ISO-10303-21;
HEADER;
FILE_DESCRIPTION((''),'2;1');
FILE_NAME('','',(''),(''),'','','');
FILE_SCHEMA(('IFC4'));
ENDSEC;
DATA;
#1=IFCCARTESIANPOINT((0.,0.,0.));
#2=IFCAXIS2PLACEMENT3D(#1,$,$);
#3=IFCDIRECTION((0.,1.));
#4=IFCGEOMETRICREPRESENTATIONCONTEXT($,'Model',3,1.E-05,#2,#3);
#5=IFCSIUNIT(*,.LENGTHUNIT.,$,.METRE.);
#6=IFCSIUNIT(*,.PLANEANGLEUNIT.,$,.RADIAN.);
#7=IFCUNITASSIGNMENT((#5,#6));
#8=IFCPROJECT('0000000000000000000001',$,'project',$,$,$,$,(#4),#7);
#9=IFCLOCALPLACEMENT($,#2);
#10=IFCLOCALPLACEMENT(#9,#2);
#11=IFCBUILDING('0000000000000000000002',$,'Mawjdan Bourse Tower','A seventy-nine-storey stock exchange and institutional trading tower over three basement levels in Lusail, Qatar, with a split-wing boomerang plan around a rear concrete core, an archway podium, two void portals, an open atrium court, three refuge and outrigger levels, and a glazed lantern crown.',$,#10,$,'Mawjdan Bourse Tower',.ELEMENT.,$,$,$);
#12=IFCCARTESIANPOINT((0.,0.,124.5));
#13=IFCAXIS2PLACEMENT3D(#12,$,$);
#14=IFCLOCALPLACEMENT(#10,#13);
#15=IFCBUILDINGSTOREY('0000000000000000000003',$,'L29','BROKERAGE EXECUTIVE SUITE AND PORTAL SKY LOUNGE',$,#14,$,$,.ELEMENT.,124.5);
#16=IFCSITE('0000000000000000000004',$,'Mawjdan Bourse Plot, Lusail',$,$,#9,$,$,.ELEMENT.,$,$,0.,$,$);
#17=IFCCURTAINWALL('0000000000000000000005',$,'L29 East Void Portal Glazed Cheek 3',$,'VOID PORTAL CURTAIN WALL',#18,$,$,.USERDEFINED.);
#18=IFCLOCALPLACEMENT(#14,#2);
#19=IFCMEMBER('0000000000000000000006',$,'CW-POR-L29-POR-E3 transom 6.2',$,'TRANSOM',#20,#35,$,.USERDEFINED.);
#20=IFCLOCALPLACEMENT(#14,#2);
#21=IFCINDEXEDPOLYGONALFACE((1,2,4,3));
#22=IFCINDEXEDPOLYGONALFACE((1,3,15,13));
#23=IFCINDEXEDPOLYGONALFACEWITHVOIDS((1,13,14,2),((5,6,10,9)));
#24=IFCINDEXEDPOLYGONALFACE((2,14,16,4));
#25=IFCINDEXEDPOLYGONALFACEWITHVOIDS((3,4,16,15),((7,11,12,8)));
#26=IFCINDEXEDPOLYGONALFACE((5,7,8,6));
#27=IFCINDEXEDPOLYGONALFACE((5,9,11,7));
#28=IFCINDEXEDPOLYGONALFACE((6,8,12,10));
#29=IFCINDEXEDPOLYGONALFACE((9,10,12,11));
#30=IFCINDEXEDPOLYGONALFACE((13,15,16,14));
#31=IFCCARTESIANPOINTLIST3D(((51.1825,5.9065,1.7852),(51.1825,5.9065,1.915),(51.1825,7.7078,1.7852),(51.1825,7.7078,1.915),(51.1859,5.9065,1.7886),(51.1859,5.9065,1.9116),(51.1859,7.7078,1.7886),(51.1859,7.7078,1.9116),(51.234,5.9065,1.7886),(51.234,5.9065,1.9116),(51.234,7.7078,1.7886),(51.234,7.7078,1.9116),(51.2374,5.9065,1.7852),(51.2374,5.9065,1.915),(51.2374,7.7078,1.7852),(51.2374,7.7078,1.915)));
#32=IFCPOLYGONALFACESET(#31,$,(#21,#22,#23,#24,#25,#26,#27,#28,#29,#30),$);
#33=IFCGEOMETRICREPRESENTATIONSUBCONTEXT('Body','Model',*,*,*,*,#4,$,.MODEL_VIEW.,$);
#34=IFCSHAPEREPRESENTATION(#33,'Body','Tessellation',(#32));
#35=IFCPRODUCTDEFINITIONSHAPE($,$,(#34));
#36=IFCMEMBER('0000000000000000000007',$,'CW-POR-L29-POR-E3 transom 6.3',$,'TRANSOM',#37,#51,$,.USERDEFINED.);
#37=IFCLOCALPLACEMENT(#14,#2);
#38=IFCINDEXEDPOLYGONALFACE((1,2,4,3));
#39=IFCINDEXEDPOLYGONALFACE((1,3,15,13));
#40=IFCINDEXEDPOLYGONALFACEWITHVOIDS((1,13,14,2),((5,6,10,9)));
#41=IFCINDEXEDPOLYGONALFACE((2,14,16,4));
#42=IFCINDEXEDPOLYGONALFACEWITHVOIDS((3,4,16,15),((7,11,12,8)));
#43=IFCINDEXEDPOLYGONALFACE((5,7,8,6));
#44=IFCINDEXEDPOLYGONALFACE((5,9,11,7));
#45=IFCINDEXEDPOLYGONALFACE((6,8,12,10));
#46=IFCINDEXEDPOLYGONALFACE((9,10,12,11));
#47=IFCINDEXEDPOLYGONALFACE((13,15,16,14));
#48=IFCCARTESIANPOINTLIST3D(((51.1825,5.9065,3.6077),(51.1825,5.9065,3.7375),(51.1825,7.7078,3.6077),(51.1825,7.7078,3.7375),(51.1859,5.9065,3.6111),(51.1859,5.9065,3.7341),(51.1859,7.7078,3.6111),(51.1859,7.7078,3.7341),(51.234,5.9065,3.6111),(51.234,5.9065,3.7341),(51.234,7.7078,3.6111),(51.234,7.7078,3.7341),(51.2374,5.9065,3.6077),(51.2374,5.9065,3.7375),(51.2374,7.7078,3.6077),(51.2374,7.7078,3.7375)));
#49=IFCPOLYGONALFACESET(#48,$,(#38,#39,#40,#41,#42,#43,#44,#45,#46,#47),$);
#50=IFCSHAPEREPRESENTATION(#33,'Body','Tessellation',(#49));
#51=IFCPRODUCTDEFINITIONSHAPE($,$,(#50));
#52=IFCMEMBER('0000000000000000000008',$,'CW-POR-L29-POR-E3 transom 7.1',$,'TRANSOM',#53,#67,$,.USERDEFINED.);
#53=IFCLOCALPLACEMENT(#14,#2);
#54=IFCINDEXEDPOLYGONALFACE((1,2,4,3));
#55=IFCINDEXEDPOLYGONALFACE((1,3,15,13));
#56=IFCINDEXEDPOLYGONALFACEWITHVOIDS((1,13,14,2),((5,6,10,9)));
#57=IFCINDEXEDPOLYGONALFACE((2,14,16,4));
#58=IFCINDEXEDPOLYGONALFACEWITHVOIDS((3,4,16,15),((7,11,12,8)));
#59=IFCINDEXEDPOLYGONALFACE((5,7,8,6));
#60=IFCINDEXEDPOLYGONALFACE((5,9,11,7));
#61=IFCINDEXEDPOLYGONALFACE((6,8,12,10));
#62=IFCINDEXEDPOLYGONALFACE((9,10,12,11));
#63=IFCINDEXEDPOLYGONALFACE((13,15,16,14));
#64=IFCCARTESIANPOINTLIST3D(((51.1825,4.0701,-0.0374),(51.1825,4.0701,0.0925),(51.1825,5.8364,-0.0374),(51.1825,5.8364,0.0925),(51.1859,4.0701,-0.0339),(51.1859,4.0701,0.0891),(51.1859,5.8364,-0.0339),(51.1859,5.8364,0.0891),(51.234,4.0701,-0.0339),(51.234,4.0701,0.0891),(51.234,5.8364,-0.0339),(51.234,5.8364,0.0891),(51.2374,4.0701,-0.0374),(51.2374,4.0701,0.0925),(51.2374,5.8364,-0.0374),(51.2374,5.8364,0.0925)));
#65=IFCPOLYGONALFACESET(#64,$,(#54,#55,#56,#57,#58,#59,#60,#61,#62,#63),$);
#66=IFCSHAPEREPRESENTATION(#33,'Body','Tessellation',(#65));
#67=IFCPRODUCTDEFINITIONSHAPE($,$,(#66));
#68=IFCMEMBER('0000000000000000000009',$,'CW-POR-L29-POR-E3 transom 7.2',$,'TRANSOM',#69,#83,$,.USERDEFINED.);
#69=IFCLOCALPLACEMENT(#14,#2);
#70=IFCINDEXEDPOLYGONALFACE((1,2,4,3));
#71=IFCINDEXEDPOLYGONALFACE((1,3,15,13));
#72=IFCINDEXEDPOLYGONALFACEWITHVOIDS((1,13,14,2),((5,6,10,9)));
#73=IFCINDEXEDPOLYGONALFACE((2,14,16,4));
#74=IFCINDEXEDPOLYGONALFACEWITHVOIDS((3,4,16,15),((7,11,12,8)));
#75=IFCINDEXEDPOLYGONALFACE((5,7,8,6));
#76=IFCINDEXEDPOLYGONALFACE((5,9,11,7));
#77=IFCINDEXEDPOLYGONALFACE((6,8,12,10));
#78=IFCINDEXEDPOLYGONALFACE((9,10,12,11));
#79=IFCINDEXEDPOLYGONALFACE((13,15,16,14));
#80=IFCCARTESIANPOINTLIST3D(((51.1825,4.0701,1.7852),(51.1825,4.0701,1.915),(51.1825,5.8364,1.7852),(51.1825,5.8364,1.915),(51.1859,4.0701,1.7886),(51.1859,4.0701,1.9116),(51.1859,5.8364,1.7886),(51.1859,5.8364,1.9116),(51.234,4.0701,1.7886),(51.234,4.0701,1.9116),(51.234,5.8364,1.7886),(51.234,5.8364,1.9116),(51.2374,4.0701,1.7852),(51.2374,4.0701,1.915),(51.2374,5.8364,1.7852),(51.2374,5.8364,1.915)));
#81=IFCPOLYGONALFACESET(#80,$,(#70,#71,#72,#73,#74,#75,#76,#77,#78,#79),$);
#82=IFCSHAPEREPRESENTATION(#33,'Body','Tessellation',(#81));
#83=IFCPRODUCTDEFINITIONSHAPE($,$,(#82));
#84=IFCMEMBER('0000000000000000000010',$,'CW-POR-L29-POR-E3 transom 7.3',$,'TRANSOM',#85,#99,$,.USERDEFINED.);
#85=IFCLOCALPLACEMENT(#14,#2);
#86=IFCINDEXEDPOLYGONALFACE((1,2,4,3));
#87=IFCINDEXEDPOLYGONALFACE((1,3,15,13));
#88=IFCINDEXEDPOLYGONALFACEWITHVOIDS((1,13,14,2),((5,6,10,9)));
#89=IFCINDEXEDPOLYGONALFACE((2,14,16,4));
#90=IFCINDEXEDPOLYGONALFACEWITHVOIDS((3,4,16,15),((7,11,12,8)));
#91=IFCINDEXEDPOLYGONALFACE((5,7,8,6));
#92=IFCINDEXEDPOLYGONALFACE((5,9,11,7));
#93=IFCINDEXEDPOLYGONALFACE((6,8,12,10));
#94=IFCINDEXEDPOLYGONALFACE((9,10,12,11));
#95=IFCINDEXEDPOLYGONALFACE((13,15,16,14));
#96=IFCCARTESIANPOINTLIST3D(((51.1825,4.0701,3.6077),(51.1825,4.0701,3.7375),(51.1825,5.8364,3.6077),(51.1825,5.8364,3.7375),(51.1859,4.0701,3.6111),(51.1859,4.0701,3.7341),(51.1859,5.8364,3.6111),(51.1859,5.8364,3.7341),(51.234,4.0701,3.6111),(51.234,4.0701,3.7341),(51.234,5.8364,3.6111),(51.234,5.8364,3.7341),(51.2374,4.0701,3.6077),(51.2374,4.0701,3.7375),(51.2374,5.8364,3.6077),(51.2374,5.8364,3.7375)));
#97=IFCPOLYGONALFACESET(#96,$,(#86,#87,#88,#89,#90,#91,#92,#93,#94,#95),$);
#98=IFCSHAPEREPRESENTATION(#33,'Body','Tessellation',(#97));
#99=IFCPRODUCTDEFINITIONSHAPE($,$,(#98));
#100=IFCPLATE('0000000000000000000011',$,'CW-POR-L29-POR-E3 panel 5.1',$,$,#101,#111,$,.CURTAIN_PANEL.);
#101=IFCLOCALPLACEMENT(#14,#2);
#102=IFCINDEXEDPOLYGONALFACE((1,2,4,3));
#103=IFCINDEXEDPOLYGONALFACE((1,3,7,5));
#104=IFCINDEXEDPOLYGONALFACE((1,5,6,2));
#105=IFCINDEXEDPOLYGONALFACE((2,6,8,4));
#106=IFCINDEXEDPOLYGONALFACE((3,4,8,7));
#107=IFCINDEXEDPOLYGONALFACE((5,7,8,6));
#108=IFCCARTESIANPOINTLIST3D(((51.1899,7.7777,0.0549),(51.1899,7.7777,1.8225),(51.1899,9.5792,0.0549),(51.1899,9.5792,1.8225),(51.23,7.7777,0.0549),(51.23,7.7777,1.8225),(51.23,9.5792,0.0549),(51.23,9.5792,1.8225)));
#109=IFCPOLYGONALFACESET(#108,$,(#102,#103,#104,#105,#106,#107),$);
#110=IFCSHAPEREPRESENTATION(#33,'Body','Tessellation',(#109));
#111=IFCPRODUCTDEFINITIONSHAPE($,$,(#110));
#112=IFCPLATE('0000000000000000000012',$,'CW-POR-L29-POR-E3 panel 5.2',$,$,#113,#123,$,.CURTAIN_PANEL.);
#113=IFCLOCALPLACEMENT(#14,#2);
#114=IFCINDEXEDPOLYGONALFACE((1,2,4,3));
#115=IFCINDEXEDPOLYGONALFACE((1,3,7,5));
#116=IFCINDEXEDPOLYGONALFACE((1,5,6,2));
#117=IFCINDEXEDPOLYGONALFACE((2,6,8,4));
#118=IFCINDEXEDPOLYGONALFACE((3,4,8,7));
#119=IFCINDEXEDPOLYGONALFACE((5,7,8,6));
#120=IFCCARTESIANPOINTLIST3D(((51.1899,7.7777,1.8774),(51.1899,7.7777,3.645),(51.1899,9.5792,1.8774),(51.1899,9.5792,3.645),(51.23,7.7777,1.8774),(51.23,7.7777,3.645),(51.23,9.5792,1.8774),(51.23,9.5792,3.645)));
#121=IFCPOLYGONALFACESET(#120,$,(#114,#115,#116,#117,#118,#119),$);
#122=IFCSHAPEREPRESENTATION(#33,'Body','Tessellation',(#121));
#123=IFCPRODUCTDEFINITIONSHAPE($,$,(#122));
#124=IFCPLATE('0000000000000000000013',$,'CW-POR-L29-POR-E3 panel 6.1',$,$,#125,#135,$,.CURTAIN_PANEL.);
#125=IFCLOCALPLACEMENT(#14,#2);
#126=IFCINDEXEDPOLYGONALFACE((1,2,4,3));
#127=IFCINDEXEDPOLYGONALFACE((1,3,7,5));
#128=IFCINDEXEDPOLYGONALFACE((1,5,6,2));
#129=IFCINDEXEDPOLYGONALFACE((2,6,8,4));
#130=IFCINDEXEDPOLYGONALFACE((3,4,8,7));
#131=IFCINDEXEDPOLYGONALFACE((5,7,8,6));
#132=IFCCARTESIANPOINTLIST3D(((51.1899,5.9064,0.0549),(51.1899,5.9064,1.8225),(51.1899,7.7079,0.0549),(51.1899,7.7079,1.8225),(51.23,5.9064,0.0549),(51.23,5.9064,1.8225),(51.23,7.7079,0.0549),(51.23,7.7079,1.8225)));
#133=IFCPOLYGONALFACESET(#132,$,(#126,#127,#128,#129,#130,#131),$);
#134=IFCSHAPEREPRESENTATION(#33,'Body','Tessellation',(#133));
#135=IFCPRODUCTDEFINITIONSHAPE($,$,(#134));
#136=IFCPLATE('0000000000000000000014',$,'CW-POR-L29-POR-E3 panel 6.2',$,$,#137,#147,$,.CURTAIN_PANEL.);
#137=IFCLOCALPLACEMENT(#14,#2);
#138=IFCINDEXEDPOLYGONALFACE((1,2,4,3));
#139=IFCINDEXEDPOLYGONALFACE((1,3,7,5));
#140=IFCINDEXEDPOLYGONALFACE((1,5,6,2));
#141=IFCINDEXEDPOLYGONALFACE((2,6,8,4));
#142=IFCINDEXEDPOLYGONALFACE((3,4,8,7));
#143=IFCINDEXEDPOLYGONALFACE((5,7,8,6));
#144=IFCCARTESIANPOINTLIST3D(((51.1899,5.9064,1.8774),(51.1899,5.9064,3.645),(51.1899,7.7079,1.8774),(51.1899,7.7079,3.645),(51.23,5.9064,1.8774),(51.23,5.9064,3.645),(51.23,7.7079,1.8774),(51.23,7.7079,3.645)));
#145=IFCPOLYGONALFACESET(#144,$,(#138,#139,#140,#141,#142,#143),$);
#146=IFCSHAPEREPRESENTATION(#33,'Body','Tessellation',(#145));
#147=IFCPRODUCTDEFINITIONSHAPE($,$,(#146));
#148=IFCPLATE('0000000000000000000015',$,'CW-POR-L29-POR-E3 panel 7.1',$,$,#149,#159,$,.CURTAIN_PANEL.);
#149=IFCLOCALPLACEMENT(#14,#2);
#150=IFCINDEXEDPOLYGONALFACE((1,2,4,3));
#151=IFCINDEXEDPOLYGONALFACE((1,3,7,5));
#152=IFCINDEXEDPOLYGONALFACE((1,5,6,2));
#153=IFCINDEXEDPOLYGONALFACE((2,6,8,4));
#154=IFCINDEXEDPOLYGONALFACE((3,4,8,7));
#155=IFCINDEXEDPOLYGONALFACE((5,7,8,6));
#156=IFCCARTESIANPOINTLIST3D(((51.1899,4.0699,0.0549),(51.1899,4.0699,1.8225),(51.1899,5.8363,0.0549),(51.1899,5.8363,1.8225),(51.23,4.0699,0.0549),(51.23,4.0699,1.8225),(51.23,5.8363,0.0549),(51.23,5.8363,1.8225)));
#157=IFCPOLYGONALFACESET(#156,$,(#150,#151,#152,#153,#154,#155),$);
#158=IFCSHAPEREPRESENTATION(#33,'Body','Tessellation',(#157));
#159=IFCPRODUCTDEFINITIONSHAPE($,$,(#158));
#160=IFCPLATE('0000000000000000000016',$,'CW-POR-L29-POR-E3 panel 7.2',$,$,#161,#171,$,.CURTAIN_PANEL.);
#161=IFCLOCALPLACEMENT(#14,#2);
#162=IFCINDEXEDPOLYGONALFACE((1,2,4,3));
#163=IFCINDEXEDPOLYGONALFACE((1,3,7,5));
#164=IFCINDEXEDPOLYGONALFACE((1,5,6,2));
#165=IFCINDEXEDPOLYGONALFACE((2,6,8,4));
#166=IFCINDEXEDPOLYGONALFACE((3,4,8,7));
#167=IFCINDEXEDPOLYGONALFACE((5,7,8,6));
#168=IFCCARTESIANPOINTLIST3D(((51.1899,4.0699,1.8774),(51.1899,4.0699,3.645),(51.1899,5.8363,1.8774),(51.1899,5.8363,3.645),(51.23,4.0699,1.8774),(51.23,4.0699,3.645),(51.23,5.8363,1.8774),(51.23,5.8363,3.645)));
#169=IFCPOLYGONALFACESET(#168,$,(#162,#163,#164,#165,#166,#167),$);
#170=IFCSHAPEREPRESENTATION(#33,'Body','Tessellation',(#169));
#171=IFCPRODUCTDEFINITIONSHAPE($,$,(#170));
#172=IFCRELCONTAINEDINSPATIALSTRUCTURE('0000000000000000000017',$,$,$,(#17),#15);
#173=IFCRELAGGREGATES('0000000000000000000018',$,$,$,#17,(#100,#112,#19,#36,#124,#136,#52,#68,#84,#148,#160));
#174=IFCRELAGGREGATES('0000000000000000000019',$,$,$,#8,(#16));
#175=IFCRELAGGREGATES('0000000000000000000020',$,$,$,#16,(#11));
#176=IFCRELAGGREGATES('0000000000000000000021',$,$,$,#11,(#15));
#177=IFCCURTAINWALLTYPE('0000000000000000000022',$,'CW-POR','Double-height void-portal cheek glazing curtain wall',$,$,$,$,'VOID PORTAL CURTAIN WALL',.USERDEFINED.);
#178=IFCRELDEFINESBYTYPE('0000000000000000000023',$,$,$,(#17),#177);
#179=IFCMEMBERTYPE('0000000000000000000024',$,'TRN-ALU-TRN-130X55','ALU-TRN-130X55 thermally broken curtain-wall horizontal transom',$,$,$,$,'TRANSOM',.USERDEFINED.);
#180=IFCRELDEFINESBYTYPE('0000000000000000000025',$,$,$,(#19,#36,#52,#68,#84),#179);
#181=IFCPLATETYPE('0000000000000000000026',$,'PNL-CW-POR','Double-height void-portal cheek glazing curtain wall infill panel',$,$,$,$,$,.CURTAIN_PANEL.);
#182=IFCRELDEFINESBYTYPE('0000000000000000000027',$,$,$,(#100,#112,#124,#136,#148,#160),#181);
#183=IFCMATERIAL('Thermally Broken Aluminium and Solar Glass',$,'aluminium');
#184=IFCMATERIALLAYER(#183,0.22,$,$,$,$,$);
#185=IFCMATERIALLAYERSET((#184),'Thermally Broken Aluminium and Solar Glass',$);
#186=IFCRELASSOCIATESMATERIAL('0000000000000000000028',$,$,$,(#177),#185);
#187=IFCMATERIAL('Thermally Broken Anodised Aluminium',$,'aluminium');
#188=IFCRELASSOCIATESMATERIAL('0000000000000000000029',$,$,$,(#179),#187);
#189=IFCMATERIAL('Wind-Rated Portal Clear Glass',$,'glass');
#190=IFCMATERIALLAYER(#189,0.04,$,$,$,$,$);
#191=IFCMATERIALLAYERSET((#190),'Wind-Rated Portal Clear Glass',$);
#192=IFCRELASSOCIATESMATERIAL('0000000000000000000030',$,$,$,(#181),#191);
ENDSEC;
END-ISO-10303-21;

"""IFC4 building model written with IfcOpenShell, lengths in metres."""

from ifc_helpers import new_model, si_unit, direction, frame, origin, origin_2d, place, context, subcontext, project, spatial, rectangle, hollow_rectangle, extrude, material, layer, layer_set, material_profile, profile_set, type_object, element, aggregate, save


model = new_model("IFC4")

# Units and contexts
model_context = context("Model", 3, precision=1e-05, world=origin(), true_north=direction((0.0, 1.0)))
body_context = subcontext(model_context, "Body", "Model", "MODEL_VIEW")
ifc_project = project(units=[si_unit("LENGTHUNIT", "METRE"), si_unit("PLANEANGLEUNIT", "RADIAN")], contexts=[model_context])

# Site, building, storey
site_placement = place(None, origin())
site = spatial("IfcSite", under=ifc_project, at=site_placement, Name="Mawjdan Bourse Plot, Lusail", CompositionType="ELEMENT", RefElevation=0.0)
building_placement = place(site_placement, origin())
building = spatial("IfcBuilding", under=site, at=building_placement, Name="Mawjdan Bourse Tower", Description="A seventy-nine-storey stock exchange and institutional trading tower over three basement levels in Lusail, Qatar, with a split-wing boomerang plan around a rear concrete core, an archway podium, two void portals, an open atrium court, three refuge and outrigger levels, and a glazed lantern crown.", LongName="Mawjdan Bourse Tower", CompositionType="ELEMENT")
storey_placement = place(building_placement, frame((0.0, 0.0, 124.5)))
storey = spatial("IfcBuildingStorey", under=building, at=storey_placement, Name="L29", Description="BROKERAGE EXECUTIVE SUITE AND PORTAL SKY LOUNGE", CompositionType="ELEMENT", Elevation=124.5)

# Curtain wall, members, plates
ifc_material_1 = material(Name="Thermally Broken Aluminium and Solar Glass", Category="aluminium")
ifc_layer_1 = layer(ifc_material_1, 0.22)
ifc_layer_set_1 = layer_set([ifc_layer_1], Name="Thermally Broken Aluminium and Solar Glass")
curtain_wall_type = type_object("IfcCurtainWallType", Name="CW-POR", Description="Double-height void-portal cheek glazing curtain wall", ElementType="VOID PORTAL CURTAIN WALL", PredefinedType="USERDEFINED", material=ifc_layer_set_1)
curtain_wall_placement = place(storey_placement, origin())
curtain_wall = element("IfcCurtainWall", 1, at=curtain_wall_placement, inside=storey, type_object=curtain_wall_type, Name="L29 East Void Portal Glazed Cheek 3", ObjectType="VOID PORTAL CURTAIN WALL", PredefinedType="USERDEFINED")
ifc_material_2 = material(Name="Thermally Broken Anodised Aluminium", Category="aluminium")
ifc_material_profile_1 = material_profile(ifc_material_2, hollow_rectangle(XDim=0.0549, YDim=0.1299, WallThickness=0.0034, at=origin_2d()), Name="ALU-TRN-130X55")
ifc_profile_set_1 = profile_set([ifc_material_profile_1], Name="Thermally Broken Anodised Aluminium")
member_type_1 = type_object("IfcMemberType", Name="TRN-ALU-TRN-130X55", Description="ALU-TRN-130X55 thermally broken curtain-wall horizontal transom", ElementType="TRANSOM", PredefinedType="USERDEFINED", material=ifc_profile_set_1)
member_1_placement = place(storey_placement, frame((51.21, 7.7078, 1.8501), z_axis=(0.0, -1.0, 0.0), x_axis=(1.0, 0.0, 0.0)))
member_1 = element("IfcMember", 2, at=member_1_placement, type_object=member_type_1, Name="CW-POR-L29-POR-E3 transom 6.2", ObjectType="TRANSOM", PredefinedType="USERDEFINED", context=body_context, shape_type="SweptSolid", body=[
    extrude(hollow_rectangle(XDim=0.0549, YDim=0.1299, WallThickness=0.0034, at=origin_2d()), origin(), (0.0, 0.0, 1.0), 1.8013),
])
member_2_placement = place(storey_placement, frame((51.21, 7.7078, 3.6726), z_axis=(0.0, -1.0, 0.0), x_axis=(1.0, 0.0, 0.0)))
member_2 = element("IfcMember", 3, at=member_2_placement, type_object=member_type_1, Name="CW-POR-L29-POR-E3 transom 6.3", ObjectType="TRANSOM", PredefinedType="USERDEFINED", context=body_context, shape_type="SweptSolid", body=[
    extrude(hollow_rectangle(XDim=0.0549, YDim=0.1299, WallThickness=0.0034, at=origin_2d()), origin(), (0.0, 0.0, 1.0), 1.8013),
])
member_3_placement = place(storey_placement, frame((51.21, 5.8364, 0.0276), z_axis=(0.0, -1.0, 0.0), x_axis=(1.0, 0.0, 0.0)))
member_3 = element("IfcMember", 4, at=member_3_placement, type_object=member_type_1, Name="CW-POR-L29-POR-E3 transom 7.1", ObjectType="TRANSOM", PredefinedType="USERDEFINED", context=body_context, shape_type="SweptSolid", body=[
    extrude(hollow_rectangle(XDim=0.0549, YDim=0.1299, WallThickness=0.0034, at=origin_2d()), origin(), (0.0, 0.0, 1.0), 1.7664),
])
member_4_placement = place(storey_placement, frame((51.21, 5.8364, 1.8501), z_axis=(0.0, -1.0, 0.0), x_axis=(1.0, 0.0, 0.0)))
member_4 = element("IfcMember", 5, at=member_4_placement, type_object=member_type_1, Name="CW-POR-L29-POR-E3 transom 7.2", ObjectType="TRANSOM", PredefinedType="USERDEFINED", context=body_context, shape_type="SweptSolid", body=[
    extrude(hollow_rectangle(XDim=0.0549, YDim=0.1299, WallThickness=0.0034, at=origin_2d()), origin(), (0.0, 0.0, 1.0), 1.7664),
])
member_5_placement = place(storey_placement, frame((51.21, 5.8364, 3.6726), z_axis=(0.0, -1.0, 0.0), x_axis=(1.0, 0.0, 0.0)))
member_5 = element("IfcMember", 6, at=member_5_placement, type_object=member_type_1, Name="CW-POR-L29-POR-E3 transom 7.3", ObjectType="TRANSOM", PredefinedType="USERDEFINED", context=body_context, shape_type="SweptSolid", body=[
    extrude(hollow_rectangle(XDim=0.0549, YDim=0.1299, WallThickness=0.0034, at=origin_2d()), origin(), (0.0, 0.0, 1.0), 1.7664),
])
ifc_material_3 = material(Name="Wind-Rated Portal Clear Glass", Category="glass")
ifc_layer_2 = layer(ifc_material_3, 0.04)
ifc_layer_set_2 = layer_set([ifc_layer_2], Name="Wind-Rated Portal Clear Glass")
plate_type = type_object("IfcPlateType", Name="PNL-CW-POR", Description="Double-height void-portal cheek glazing curtain wall infill panel", PredefinedType="CURTAIN_PANEL", material=ifc_layer_set_2)
plate_1_placement = place(storey_placement, frame((51.21, 8.6785, 0.0549), z_axis=(0.0, 0.0, 1.0), x_axis=(0.0, -1.0, 0.0)))
plate_1 = element("IfcPlate", 7, at=plate_1_placement, type_object=plate_type, Name="CW-POR-L29-POR-E3 panel 5.1", PredefinedType="CURTAIN_PANEL", context=body_context, shape_type="SweptSolid", body=[
    extrude(rectangle(XDim=1.8015, YDim=0.04, at=origin_2d()), origin(), (0.0, 0.0, 1.0), 1.7676),
])
plate_2_placement = place(storey_placement, frame((51.21, 8.6785, 1.8774), z_axis=(0.0, 0.0, 1.0), x_axis=(0.0, -1.0, 0.0)))
plate_2 = element("IfcPlate", 8, at=plate_2_placement, type_object=plate_type, Name="CW-POR-L29-POR-E3 panel 5.2", PredefinedType="CURTAIN_PANEL", context=body_context, shape_type="SweptSolid", body=[
    extrude(rectangle(XDim=1.8015, YDim=0.04, at=origin_2d()), origin(), (0.0, 0.0, 1.0), 1.7676),
])
plate_3_placement = place(storey_placement, frame((51.21, 6.8071, 0.0549), z_axis=(0.0, 0.0, 1.0), x_axis=(0.0, -1.0, 0.0)))
plate_3 = element("IfcPlate", 9, at=plate_3_placement, type_object=plate_type, Name="CW-POR-L29-POR-E3 panel 6.1", PredefinedType="CURTAIN_PANEL", context=body_context, shape_type="SweptSolid", body=[
    extrude(rectangle(XDim=1.8015, YDim=0.04, at=origin_2d()), origin(), (0.0, 0.0, 1.0), 1.7676),
])
plate_4_placement = place(storey_placement, frame((51.21, 6.8071, 1.8774), z_axis=(0.0, 0.0, 1.0), x_axis=(0.0, -1.0, 0.0)))
plate_4 = element("IfcPlate", 10, at=plate_4_placement, type_object=plate_type, Name="CW-POR-L29-POR-E3 panel 6.2", PredefinedType="CURTAIN_PANEL", context=body_context, shape_type="SweptSolid", body=[
    extrude(rectangle(XDim=1.8015, YDim=0.04, at=origin_2d()), origin(), (0.0, 0.0, 1.0), 1.7676),
])
plate_5_placement = place(storey_placement, frame((51.21, 4.9531, 0.0549), z_axis=(0.0, 0.0, 1.0), x_axis=(0.0, -1.0, 0.0)))
plate_5 = element("IfcPlate", 11, at=plate_5_placement, type_object=plate_type, Name="CW-POR-L29-POR-E3 panel 7.1", PredefinedType="CURTAIN_PANEL", context=body_context, shape_type="SweptSolid", body=[
    extrude(rectangle(XDim=1.7664, YDim=0.04, at=origin_2d()), origin(), (0.0, 0.0, 1.0), 1.7676),
])
plate_6_placement = place(storey_placement, frame((51.21, 4.9531, 1.8774), z_axis=(0.0, 0.0, 1.0), x_axis=(0.0, -1.0, 0.0)))
plate_6 = element("IfcPlate", 12, at=plate_6_placement, type_object=plate_type, Name="CW-POR-L29-POR-E3 panel 7.2", PredefinedType="CURTAIN_PANEL", context=body_context, shape_type="SweptSolid", body=[
    extrude(rectangle(XDim=1.7664, YDim=0.04, at=origin_2d()), origin(), (0.0, 0.0, 1.0), 1.7676),
])
aggregate(curtain_wall, [plate_1, plate_2, member_1, member_2, plate_3, plate_4, member_3, member_4, member_5, plate_5, plate_6])

save(model, "model.ifc")
